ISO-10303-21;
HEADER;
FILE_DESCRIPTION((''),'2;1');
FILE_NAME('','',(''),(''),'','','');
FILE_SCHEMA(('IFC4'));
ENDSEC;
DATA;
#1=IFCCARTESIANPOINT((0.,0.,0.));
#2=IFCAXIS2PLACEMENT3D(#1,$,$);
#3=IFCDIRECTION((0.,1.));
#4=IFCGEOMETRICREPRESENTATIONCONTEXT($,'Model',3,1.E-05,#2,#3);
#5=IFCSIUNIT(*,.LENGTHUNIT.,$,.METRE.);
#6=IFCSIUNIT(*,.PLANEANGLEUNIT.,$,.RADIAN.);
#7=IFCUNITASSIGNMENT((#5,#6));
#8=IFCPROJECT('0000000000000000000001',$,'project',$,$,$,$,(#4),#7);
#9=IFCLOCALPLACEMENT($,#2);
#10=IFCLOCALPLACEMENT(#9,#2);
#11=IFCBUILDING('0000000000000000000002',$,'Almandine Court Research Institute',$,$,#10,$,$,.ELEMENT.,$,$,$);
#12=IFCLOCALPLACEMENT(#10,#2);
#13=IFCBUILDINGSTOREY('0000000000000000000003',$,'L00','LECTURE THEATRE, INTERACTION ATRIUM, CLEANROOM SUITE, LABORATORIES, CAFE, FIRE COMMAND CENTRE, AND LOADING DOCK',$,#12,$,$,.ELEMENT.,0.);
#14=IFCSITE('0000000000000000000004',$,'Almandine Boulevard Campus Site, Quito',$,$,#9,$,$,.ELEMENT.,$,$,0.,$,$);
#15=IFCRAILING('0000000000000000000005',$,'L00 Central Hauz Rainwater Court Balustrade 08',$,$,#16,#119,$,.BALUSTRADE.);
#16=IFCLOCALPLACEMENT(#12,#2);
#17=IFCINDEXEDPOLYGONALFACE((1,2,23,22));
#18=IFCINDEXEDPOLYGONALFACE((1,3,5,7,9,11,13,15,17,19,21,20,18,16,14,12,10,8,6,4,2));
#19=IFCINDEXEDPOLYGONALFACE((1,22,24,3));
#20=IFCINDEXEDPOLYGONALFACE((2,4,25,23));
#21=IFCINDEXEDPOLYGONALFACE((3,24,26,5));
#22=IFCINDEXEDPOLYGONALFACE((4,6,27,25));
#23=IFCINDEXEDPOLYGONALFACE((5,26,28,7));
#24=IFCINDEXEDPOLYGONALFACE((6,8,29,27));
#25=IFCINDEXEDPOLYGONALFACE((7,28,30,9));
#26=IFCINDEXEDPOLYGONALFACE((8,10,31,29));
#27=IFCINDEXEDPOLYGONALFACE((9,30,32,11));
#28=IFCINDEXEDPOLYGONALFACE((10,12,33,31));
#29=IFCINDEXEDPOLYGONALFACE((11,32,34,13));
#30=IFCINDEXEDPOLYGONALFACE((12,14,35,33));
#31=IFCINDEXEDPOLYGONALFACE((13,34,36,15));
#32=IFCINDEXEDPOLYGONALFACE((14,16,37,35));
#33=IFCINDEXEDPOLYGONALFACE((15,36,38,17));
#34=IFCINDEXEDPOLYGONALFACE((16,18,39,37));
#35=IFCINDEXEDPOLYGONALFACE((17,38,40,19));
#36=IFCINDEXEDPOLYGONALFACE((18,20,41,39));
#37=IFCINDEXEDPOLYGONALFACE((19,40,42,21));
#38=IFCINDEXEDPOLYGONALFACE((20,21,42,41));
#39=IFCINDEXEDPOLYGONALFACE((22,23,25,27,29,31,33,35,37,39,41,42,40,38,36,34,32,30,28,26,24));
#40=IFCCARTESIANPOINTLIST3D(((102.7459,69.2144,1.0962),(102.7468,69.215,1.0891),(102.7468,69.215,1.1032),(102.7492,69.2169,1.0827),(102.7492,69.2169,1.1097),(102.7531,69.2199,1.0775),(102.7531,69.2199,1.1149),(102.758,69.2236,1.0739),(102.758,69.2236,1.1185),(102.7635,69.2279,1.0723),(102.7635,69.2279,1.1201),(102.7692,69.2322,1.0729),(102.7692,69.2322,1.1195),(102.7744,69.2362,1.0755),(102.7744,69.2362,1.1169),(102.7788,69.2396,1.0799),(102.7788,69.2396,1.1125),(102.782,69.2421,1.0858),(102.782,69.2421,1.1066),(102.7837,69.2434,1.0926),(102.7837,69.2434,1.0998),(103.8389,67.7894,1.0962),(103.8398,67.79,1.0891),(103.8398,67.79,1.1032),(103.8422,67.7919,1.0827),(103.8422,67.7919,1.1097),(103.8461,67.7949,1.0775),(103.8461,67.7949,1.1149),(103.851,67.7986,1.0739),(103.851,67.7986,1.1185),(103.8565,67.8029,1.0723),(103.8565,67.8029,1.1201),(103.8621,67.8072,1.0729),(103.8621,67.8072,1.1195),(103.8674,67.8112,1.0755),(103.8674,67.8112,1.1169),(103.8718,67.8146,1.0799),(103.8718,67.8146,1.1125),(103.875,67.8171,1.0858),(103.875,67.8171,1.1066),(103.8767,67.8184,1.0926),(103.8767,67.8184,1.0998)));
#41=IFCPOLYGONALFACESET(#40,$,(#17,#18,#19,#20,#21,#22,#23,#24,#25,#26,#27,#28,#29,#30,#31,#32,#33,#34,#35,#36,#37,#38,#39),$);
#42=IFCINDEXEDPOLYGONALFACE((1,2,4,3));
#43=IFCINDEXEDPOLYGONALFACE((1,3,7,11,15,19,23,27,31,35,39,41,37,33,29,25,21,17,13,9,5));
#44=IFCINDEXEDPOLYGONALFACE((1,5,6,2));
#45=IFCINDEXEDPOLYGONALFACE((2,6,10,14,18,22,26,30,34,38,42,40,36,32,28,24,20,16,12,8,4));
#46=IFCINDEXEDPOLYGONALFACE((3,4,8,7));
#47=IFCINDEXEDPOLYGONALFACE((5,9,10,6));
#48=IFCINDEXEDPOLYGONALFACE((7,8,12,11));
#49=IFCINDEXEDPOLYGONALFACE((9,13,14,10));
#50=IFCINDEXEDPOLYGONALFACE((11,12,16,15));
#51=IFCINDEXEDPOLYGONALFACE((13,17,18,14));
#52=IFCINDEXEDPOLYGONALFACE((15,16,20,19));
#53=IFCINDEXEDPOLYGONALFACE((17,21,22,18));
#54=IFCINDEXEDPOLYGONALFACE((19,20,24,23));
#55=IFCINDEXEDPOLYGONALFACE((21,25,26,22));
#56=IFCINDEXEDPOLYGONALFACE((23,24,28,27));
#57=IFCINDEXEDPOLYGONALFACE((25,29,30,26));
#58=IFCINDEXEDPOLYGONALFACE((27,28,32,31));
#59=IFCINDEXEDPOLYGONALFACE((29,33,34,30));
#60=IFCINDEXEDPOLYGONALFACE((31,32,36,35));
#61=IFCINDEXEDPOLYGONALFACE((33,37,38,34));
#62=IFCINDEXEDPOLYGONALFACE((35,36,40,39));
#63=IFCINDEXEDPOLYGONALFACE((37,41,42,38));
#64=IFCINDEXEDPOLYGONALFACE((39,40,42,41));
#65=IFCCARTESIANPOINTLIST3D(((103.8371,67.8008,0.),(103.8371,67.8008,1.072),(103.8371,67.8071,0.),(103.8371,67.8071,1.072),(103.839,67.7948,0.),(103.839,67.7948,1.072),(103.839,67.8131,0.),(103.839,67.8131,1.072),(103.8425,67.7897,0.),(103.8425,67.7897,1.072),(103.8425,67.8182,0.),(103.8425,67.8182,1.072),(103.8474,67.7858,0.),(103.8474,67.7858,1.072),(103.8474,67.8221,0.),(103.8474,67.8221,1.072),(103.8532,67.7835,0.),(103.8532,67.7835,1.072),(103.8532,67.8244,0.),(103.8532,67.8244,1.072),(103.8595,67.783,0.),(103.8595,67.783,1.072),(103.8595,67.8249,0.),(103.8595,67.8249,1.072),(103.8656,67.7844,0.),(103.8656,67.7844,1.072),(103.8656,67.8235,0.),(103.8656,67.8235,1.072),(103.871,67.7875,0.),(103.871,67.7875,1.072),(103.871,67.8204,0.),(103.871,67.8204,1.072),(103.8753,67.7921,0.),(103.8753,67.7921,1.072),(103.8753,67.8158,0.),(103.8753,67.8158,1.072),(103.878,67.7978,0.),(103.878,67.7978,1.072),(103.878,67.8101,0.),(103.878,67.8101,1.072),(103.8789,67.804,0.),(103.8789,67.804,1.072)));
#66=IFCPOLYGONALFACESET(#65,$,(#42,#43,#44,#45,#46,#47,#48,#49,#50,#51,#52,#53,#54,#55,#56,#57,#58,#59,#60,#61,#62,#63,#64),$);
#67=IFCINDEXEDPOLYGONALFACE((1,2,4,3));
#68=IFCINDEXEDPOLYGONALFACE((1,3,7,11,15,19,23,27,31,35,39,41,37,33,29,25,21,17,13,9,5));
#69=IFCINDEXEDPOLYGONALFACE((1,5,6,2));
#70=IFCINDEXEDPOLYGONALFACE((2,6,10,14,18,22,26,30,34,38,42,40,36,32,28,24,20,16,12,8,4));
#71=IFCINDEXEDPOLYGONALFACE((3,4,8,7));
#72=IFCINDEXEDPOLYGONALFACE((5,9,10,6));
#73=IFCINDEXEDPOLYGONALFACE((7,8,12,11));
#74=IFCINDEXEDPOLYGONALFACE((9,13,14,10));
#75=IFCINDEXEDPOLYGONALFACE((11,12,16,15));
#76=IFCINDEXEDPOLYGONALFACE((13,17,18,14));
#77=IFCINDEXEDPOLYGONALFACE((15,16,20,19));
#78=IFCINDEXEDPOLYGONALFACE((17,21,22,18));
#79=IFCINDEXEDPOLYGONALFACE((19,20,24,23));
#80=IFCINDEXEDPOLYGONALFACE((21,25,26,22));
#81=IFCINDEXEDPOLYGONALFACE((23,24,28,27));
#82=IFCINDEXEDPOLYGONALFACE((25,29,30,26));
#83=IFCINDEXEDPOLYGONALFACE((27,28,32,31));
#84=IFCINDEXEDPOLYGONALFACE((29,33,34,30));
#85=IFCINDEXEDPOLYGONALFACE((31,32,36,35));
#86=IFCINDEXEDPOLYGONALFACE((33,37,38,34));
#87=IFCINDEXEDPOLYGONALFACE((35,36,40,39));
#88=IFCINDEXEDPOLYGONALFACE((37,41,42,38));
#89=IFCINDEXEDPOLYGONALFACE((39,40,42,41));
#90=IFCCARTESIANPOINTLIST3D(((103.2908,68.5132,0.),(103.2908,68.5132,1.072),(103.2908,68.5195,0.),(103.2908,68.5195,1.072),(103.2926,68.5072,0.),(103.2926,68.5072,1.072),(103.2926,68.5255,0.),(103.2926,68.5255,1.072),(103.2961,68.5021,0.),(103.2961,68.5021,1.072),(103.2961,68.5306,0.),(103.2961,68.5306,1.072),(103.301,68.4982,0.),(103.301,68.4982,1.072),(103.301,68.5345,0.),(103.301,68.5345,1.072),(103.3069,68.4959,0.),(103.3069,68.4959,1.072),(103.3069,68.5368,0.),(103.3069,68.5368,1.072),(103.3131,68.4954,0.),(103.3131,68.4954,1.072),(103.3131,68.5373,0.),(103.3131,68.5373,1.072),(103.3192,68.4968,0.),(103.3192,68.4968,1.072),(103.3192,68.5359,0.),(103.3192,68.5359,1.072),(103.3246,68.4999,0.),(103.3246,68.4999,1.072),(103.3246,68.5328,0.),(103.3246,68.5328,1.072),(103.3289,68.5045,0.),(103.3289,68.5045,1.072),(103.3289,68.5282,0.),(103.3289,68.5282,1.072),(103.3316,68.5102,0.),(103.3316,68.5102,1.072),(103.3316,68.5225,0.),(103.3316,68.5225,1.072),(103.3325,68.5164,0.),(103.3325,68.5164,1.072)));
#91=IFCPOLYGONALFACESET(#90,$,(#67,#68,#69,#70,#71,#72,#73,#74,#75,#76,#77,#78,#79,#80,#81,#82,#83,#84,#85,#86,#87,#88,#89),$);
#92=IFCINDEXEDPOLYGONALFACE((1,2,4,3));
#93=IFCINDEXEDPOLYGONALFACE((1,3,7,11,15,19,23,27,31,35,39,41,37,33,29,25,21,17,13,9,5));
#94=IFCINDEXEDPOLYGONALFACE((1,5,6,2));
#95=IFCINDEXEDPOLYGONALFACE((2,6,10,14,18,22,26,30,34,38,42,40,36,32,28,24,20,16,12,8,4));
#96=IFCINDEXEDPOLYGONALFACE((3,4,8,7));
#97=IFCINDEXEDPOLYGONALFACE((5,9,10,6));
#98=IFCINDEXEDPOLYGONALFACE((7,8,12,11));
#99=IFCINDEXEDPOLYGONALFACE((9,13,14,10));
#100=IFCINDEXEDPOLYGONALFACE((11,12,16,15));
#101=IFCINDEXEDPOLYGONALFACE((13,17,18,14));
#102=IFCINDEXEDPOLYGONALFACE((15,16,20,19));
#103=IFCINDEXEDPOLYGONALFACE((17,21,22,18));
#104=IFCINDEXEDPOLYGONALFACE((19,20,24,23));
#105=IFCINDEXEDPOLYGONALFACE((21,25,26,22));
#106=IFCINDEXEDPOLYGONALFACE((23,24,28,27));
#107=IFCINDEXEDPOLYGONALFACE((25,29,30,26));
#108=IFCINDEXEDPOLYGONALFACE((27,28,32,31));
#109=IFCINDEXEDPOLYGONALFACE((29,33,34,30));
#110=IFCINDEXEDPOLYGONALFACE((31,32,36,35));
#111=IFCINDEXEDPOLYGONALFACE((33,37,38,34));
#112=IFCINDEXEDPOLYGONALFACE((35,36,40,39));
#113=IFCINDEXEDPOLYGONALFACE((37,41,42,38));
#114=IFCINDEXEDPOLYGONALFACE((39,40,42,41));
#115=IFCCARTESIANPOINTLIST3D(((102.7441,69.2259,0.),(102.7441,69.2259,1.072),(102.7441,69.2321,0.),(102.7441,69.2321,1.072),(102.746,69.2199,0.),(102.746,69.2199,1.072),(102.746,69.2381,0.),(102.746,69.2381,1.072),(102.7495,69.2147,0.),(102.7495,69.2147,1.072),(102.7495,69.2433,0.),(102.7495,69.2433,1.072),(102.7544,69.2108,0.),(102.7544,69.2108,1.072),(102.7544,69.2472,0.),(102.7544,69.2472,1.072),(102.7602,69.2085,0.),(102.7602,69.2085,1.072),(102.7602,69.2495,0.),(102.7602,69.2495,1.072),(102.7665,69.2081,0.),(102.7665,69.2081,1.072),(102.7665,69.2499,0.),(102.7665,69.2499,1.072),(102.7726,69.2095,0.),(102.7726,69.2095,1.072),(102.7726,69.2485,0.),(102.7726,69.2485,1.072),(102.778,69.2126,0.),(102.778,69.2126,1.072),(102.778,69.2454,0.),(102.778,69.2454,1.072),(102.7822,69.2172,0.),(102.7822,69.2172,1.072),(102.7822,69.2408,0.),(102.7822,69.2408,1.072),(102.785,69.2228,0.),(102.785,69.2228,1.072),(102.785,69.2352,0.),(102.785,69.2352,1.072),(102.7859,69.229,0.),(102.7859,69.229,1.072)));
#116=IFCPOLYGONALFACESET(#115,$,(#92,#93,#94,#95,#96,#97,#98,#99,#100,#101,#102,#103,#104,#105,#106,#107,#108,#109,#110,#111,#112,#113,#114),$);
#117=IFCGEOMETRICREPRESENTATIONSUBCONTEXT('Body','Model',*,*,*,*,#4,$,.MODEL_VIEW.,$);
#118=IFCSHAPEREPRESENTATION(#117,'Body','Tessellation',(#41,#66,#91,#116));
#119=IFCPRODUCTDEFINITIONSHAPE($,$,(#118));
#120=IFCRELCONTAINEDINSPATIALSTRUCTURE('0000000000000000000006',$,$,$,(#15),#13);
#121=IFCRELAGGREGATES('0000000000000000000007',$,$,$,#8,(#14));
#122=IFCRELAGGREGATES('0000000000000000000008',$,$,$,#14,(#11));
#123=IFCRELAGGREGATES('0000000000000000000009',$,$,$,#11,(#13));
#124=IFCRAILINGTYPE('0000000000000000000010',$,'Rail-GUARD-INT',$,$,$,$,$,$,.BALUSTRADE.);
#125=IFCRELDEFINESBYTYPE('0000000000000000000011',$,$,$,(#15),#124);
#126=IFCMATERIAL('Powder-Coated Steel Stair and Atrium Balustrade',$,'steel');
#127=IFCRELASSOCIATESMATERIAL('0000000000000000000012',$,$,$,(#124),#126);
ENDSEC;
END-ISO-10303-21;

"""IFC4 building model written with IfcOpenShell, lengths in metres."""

from ifc_helpers import new_model, si_unit, direction, frame, origin, origin_2d, place, context, subcontext, project, spatial, circle, extrude, material, type_object, element, save


model = new_model("IFC4")

# Units and contexts
model_context = context("Model", 3, precision=1e-05, world=origin(), true_north=direction((0.0, 1.0)))
body_context = subcontext(model_context, "Body", "Model", "MODEL_VIEW")
ifc_project = project(units=[si_unit("LENGTHUNIT", "METRE"), si_unit("PLANEANGLEUNIT", "RADIAN")], contexts=[model_context])

# Site, building, storey
site_placement = place(None, origin())
site = spatial("IfcSite", under=ifc_project, at=site_placement, Name="Almandine Boulevard Campus Site, Quito", CompositionType="ELEMENT", RefElevation=0.0)
building_placement = place(site_placement, origin())
building = spatial("IfcBuilding", under=site, at=building_placement, Name="Almandine Court Research Institute", CompositionType="ELEMENT")
storey_placement = place(building_placement, origin())
storey = spatial("IfcBuildingStorey", under=building, at=storey_placement, Name="L00", Description="LECTURE THEATRE, INTERACTION ATRIUM, CLEANROOM SUITE, LABORATORIES, CAFE, FIRE COMMAND CENTRE, AND LOADING DOCK", CompositionType="ELEMENT", Elevation=0.0)

# Railing
ifc_material_1 = material(Name="Powder-Coated Steel Stair and Atrium Balustrade", Category="steel")
railing_type = type_object("IfcRailingType", Name="Rail-GUARD-INT", PredefinedType="BALUSTRADE", material=ifc_material_1)
railing_1_placement = place(storey_placement, frame((103.8579, 67.804, 0.0)))
element("IfcRailing", 1, at=railing_1_placement, inside=storey, type_object=railing_type, Name="L00 Central Hauz Rainwater Court Balustrade 08", PredefinedType="BALUSTRADE", context=body_context, shape_type="SweptSolid", body=[
    extrude(circle(Radius=0.0239, at=origin_2d()), frame((0.0, 0.0, 1.0962), z_axis=(-0.6086, 0.793477, 0.0), x_axis=(-0.793477, -0.6086, 0.0)), (0.0, 0.0, 1.0), 1.7959),
    extrude(circle(Radius=0.021, at=origin_2d()), origin(), (0.0, 0.0, 1.0), 1.072),
    extrude(circle(Radius=0.021, at=origin_2d()), frame((-0.5464, 0.7124, 0.0)), (0.0, 0.0, 1.0), 1.072),
    extrude(circle(Radius=0.021, at=origin_2d()), frame((-1.093, 1.425, 0.0)), (0.0, 0.0, 1.0), 1.072),
])

save(model, "model.ifc")
